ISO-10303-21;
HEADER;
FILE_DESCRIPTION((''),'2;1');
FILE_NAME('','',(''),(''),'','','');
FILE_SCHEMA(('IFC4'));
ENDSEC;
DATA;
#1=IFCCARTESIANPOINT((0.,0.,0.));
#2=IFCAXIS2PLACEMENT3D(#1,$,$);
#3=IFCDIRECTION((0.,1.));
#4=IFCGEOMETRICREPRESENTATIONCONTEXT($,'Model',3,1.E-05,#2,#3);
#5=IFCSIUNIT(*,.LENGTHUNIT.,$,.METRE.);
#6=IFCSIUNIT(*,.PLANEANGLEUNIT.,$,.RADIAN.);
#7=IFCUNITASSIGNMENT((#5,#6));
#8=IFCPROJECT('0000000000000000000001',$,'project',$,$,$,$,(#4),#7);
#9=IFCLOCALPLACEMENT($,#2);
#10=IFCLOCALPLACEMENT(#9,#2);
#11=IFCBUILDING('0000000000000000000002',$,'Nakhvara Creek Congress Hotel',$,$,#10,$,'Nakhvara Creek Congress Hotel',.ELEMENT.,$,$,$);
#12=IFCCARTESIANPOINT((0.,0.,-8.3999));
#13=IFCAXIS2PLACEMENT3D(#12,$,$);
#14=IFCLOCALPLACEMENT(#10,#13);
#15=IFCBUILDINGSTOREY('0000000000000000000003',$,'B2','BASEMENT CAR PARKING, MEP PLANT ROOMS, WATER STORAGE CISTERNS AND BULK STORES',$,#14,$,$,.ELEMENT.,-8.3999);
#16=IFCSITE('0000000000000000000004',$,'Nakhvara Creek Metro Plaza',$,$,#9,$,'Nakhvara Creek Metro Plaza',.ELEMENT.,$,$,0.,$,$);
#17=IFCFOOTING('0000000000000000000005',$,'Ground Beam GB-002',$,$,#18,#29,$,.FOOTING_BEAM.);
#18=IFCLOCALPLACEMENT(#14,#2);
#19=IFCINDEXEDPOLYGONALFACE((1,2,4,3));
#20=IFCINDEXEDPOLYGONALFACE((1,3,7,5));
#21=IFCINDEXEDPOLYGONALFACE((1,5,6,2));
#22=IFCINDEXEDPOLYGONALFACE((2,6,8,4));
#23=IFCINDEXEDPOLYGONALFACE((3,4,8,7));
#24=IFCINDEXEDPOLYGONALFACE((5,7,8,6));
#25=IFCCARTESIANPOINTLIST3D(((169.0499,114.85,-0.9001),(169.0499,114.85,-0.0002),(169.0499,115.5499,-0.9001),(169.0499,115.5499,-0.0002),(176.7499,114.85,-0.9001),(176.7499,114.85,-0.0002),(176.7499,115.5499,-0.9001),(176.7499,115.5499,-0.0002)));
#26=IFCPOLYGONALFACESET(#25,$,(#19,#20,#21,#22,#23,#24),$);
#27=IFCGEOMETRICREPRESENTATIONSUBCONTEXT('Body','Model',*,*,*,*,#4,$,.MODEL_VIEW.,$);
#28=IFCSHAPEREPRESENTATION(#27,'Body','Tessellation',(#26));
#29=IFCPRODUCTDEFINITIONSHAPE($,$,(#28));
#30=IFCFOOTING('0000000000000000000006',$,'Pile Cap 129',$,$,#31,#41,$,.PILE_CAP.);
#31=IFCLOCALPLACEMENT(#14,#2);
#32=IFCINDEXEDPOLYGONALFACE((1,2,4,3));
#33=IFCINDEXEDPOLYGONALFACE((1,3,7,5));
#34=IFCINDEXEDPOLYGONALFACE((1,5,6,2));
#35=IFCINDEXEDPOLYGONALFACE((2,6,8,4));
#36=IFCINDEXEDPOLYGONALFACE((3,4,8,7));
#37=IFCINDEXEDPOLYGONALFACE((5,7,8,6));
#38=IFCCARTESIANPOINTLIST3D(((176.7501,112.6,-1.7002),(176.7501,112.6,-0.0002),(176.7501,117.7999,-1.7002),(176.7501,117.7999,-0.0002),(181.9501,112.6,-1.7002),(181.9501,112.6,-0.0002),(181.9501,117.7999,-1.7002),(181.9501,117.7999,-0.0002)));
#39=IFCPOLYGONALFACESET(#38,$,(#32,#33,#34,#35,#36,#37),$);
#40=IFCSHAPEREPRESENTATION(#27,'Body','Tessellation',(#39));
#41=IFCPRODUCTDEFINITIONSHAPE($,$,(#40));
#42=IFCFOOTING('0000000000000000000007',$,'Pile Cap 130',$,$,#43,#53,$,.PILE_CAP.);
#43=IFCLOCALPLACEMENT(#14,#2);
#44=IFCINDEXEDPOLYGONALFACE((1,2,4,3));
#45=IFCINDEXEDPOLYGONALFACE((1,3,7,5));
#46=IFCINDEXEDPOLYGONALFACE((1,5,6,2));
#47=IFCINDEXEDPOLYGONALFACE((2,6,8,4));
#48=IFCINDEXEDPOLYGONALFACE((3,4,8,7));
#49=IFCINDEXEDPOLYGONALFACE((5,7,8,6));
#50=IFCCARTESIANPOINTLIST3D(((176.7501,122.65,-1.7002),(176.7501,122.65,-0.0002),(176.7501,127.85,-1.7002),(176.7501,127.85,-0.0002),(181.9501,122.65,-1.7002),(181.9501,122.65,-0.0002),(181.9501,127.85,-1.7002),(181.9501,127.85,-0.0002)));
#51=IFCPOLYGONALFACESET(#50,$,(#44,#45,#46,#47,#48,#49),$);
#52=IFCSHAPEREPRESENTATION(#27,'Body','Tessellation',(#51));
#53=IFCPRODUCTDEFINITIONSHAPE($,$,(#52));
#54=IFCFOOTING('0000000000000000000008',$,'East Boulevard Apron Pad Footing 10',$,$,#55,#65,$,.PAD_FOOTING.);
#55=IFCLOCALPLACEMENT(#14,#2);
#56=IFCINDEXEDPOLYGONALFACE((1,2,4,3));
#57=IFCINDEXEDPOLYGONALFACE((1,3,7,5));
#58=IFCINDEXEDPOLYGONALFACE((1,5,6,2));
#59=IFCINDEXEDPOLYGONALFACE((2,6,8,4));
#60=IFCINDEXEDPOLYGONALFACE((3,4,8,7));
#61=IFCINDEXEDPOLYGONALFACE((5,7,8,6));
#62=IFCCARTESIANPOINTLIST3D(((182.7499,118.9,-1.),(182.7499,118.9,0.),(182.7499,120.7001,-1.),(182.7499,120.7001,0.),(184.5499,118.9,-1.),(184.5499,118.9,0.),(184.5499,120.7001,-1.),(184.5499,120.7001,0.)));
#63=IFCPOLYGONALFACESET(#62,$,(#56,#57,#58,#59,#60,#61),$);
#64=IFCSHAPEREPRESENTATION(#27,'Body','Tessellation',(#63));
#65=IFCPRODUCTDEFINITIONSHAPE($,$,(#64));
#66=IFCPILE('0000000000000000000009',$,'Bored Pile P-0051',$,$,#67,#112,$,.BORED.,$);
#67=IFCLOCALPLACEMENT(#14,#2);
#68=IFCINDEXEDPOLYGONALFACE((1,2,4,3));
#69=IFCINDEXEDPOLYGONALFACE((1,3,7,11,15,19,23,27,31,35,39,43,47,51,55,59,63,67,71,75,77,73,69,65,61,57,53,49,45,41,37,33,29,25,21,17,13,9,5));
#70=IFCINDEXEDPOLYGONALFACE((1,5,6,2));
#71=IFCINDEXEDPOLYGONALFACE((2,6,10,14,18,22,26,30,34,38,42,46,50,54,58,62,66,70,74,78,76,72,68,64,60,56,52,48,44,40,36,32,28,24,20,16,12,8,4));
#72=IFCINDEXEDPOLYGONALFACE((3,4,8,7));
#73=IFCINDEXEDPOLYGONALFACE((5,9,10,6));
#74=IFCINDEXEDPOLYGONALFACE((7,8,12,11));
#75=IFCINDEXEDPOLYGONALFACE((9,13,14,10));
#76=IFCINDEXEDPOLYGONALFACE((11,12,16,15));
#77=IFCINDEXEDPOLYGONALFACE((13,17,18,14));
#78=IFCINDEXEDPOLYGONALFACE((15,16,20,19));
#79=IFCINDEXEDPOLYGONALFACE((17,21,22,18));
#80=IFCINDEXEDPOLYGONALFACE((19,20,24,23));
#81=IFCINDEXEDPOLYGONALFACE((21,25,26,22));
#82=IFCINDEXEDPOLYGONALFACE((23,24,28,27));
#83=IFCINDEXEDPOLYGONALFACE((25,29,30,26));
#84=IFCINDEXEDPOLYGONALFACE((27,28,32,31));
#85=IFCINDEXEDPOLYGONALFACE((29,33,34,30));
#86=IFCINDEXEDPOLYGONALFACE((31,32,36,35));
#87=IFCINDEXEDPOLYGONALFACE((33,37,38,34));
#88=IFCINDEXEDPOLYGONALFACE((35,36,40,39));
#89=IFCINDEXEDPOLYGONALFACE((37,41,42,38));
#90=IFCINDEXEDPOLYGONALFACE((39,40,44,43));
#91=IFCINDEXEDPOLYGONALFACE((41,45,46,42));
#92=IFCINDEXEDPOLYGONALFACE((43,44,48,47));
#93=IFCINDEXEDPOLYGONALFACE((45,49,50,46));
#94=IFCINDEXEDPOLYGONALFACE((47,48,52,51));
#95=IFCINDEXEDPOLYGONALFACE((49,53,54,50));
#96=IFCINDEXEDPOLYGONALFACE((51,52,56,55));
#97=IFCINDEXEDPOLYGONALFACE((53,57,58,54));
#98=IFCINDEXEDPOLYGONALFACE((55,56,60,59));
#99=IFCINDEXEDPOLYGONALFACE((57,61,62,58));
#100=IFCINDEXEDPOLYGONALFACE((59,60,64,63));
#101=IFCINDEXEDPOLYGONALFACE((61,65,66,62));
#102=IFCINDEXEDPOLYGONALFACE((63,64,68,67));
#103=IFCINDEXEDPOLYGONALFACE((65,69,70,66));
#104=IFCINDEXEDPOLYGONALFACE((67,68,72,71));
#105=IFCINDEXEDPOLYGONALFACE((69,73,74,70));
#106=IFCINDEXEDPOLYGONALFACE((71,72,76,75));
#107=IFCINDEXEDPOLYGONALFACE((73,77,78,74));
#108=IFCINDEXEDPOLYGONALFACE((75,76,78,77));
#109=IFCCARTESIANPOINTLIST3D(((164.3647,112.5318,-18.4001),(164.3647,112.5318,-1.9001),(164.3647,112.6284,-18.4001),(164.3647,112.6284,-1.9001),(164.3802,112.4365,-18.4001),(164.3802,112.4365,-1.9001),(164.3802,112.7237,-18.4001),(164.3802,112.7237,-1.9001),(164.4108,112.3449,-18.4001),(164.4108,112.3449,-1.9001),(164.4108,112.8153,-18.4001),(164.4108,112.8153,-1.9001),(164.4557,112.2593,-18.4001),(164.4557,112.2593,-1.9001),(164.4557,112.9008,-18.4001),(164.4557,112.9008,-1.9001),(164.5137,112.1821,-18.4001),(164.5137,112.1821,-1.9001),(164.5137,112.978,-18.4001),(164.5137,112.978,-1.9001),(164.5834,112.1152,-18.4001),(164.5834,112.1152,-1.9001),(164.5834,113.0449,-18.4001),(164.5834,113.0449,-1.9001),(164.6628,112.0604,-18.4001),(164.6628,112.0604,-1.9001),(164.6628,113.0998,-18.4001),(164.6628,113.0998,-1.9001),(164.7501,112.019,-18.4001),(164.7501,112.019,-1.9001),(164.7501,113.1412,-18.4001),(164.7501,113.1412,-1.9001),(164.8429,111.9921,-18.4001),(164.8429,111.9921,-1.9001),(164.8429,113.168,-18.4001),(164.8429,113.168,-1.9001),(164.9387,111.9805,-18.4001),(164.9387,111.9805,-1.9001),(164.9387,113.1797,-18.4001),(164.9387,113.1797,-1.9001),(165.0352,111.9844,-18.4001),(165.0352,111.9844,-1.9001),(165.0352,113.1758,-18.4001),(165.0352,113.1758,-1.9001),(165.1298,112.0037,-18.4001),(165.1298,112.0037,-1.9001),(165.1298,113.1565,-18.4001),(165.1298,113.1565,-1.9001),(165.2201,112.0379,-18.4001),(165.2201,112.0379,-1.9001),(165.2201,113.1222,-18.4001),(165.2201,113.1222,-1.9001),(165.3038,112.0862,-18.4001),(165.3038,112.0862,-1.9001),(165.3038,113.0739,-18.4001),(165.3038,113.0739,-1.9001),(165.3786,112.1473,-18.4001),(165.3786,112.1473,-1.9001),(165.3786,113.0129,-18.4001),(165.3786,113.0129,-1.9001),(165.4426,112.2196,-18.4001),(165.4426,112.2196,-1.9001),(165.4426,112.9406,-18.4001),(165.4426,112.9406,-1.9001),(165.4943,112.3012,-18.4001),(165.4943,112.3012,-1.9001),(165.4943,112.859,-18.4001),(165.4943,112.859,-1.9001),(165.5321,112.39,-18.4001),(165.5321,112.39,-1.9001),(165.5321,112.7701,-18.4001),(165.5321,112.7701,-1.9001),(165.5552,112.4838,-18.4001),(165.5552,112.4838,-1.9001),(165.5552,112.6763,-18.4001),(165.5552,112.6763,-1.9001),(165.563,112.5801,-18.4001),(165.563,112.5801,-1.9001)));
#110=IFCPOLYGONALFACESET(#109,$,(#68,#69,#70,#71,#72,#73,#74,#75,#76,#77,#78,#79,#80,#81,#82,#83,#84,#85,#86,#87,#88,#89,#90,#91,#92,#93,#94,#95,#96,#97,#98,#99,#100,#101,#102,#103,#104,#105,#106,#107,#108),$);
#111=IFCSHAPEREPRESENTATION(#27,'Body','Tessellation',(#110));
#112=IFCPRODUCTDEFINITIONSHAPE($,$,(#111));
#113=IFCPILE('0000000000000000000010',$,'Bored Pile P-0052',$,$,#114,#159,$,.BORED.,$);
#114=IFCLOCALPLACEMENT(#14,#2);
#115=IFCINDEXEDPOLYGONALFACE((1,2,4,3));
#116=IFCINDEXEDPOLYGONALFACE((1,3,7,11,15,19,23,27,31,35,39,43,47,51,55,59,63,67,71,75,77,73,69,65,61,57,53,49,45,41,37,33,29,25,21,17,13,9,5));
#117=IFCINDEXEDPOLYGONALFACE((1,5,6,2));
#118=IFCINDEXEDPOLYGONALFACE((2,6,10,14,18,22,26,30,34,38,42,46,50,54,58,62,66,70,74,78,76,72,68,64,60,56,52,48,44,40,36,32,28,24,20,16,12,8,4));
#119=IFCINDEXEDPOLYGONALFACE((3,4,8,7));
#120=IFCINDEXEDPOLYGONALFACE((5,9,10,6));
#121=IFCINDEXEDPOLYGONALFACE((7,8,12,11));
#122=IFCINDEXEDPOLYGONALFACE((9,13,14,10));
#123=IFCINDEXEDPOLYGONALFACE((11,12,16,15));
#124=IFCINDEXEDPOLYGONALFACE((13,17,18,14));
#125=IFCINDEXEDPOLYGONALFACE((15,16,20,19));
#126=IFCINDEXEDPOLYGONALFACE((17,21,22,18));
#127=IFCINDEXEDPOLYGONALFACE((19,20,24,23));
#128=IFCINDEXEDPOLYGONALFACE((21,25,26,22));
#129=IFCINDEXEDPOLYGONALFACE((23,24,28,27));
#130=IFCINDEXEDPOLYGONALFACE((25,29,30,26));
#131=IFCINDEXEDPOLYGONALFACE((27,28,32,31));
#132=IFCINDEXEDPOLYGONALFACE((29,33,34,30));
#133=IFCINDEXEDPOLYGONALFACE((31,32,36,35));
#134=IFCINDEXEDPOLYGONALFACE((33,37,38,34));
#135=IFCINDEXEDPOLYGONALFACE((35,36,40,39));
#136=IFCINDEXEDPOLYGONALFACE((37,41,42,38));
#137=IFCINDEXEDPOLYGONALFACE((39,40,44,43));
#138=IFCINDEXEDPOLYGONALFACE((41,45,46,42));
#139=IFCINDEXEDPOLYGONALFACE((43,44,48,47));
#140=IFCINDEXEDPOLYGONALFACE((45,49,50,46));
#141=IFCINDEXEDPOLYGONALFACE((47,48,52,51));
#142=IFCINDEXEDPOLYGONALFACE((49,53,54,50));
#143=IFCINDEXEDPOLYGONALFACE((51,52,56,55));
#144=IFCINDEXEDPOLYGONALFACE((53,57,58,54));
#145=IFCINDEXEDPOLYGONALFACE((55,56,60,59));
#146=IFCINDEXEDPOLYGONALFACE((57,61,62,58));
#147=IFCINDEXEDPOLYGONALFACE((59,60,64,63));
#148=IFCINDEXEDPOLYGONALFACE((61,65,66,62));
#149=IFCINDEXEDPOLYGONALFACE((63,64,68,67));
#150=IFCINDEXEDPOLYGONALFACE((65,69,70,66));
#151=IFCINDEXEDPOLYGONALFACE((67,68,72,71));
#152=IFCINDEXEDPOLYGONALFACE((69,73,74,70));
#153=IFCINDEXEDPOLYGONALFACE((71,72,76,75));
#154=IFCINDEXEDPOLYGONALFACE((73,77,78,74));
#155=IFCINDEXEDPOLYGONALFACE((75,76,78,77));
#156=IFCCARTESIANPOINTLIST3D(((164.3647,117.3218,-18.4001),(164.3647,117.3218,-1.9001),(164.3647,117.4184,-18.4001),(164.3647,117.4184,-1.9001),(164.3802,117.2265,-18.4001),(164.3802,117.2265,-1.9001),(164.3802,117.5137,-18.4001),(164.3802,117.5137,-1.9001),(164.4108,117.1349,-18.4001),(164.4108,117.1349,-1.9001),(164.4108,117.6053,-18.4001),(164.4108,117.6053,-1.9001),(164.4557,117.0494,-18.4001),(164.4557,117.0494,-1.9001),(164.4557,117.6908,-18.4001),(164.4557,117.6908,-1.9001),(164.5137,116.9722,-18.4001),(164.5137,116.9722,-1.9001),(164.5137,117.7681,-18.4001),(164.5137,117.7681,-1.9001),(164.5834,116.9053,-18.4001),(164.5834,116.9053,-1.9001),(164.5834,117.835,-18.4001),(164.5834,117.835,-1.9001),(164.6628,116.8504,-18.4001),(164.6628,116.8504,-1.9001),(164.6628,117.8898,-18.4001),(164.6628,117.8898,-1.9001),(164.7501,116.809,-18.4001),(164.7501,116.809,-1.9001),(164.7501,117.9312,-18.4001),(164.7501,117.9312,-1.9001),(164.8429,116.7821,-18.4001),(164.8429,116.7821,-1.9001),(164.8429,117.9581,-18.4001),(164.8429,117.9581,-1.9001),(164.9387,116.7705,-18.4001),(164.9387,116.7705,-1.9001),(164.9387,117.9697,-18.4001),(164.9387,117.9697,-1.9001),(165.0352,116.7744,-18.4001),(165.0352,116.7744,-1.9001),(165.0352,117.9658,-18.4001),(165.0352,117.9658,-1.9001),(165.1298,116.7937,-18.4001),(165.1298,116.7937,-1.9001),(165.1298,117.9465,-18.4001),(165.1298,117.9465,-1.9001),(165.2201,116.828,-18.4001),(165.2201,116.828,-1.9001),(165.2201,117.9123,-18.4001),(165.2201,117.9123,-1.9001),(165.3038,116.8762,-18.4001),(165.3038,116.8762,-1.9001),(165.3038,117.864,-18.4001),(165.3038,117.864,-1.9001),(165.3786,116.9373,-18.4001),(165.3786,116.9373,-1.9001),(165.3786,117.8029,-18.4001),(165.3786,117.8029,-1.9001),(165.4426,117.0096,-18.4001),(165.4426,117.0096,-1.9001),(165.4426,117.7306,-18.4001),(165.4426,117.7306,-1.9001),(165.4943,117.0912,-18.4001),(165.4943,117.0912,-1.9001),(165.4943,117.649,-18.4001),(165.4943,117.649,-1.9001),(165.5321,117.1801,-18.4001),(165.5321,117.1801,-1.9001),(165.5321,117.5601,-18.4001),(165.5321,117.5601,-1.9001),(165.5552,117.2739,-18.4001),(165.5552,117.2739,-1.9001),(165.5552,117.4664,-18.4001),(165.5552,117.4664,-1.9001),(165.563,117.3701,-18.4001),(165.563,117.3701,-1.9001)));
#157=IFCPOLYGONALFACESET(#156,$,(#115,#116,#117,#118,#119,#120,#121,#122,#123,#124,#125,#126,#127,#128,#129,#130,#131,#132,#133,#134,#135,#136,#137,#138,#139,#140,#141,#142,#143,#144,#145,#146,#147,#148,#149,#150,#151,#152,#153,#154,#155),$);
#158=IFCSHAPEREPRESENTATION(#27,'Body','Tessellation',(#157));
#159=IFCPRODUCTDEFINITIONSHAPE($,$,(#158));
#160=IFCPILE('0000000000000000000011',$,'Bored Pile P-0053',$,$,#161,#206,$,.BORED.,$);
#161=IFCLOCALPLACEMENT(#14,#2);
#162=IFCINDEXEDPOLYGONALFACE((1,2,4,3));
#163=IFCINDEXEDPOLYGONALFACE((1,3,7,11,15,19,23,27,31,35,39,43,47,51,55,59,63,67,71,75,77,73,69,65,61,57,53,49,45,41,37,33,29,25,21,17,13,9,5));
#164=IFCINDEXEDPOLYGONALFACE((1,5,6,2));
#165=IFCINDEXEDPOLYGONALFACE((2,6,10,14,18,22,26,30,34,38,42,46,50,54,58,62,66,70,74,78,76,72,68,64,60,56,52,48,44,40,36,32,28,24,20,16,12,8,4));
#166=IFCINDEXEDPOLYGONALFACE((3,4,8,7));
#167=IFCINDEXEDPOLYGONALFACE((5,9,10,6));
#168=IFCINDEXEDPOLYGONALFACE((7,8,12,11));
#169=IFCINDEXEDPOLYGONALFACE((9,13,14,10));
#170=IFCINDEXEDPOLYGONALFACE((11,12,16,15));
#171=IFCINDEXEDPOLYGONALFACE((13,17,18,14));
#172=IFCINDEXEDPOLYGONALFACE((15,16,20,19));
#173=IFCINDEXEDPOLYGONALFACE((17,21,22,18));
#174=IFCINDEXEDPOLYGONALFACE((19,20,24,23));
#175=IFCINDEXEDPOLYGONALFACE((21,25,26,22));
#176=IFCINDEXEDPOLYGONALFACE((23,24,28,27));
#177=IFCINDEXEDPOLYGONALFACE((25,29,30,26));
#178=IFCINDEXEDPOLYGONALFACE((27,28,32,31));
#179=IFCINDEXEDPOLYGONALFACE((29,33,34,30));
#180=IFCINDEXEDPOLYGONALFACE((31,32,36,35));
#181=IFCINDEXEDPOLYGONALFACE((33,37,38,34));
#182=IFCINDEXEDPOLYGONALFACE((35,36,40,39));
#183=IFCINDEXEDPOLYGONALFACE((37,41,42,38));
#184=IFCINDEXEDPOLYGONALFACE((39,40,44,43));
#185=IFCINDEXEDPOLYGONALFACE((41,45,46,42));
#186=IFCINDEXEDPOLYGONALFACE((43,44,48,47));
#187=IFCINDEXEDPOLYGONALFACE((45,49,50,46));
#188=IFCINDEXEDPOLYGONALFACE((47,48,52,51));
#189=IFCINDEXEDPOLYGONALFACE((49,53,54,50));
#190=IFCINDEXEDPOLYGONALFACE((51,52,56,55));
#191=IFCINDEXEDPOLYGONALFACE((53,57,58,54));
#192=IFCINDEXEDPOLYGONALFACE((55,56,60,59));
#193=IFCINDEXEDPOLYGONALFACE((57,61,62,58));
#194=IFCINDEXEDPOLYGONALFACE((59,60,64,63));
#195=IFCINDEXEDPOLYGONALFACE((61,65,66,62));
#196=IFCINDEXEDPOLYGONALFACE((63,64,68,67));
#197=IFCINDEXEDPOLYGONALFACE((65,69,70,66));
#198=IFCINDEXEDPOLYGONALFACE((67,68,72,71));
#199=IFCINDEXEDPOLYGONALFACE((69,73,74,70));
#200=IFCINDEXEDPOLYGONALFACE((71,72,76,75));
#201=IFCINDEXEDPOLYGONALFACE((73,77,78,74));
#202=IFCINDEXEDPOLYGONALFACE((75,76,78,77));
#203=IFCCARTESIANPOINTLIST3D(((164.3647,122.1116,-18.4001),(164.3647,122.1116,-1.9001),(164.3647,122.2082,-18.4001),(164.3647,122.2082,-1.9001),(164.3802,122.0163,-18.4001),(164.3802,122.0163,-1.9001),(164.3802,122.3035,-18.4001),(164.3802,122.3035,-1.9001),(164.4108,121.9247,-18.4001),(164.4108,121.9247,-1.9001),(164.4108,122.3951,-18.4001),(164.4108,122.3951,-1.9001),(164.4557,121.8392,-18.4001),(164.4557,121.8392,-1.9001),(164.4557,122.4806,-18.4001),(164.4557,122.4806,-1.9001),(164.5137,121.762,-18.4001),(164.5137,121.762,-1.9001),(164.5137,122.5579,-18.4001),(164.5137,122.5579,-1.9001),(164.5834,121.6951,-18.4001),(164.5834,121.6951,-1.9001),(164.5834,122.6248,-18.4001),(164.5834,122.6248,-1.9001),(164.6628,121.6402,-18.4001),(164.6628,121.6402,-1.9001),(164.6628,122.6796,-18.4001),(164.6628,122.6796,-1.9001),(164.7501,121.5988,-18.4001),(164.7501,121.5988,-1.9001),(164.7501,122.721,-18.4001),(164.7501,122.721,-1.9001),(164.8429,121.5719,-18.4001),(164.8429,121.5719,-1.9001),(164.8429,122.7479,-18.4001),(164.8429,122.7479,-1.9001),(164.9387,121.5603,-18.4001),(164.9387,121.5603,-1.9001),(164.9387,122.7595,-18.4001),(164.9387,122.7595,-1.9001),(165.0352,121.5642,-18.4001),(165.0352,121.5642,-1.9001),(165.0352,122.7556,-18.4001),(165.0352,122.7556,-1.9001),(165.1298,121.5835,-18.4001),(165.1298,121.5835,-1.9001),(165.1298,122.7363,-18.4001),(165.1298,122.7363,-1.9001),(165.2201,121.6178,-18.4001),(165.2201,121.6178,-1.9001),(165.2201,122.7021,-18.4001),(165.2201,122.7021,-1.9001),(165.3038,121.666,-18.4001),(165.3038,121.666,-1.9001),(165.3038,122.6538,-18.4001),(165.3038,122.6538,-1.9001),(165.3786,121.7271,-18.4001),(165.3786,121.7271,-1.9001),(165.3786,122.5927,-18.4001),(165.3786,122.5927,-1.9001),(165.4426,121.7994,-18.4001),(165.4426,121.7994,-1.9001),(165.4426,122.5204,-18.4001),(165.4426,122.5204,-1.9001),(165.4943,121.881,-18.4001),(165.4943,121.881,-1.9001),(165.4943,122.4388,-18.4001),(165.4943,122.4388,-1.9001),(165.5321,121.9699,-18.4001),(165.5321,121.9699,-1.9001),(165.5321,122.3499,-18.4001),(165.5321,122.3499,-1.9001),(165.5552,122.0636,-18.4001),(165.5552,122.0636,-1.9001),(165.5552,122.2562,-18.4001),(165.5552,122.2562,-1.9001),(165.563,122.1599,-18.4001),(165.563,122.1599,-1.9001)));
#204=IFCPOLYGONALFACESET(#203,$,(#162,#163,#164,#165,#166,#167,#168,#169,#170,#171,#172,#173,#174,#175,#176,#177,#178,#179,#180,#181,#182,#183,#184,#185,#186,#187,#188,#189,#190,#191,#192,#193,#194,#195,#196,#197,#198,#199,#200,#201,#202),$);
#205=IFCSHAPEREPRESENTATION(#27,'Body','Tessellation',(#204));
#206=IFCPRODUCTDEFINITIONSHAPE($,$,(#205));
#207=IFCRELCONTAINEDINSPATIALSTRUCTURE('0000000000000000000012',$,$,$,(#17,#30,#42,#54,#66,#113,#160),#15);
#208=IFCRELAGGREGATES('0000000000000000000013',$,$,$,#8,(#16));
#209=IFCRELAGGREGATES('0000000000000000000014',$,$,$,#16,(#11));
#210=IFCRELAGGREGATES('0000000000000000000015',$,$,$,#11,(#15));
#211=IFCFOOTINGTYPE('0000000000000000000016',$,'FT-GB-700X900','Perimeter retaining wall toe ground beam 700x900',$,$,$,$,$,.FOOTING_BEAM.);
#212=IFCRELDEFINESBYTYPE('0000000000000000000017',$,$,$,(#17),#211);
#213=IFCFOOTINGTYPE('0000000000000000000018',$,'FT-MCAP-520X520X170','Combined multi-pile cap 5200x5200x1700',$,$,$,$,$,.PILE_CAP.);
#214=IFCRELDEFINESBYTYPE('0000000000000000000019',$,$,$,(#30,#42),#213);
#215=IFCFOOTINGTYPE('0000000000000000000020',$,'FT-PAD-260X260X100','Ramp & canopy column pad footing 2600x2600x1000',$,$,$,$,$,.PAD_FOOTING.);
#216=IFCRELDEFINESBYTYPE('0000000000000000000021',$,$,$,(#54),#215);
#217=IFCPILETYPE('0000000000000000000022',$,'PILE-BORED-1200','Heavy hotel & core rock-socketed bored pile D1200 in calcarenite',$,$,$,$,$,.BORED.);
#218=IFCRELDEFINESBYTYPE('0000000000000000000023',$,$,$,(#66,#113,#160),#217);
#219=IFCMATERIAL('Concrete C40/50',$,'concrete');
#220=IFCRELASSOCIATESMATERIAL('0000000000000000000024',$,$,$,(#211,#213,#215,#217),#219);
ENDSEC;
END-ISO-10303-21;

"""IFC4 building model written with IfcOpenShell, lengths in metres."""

from ifc_helpers import new_model, si_unit, direction, frame, origin, origin_2d, place, context, subcontext, project, spatial, rectangle, circle, extrude, material, material_profile, profile_set, type_object, element, save


model = new_model("IFC4")

# Units and contexts
model_context = context("Model", 3, precision=1e-05, world=origin(), true_north=direction((0.0, 1.0)))
body_context = subcontext(model_context, "Body", "Model", "MODEL_VIEW")
ifc_project = project(units=[si_unit("LENGTHUNIT", "METRE"), si_unit("PLANEANGLEUNIT", "RADIAN")], contexts=[model_context])

# Site, building, storey
site_placement = place(None, origin())
site = spatial("IfcSite", under=ifc_project, at=site_placement, Name="Nakhvara Creek Metro Plaza", LongName="Nakhvara Creek Metro Plaza", CompositionType="ELEMENT", RefElevation=0.0)
building_placement = place(site_placement, origin())
building = spatial("IfcBuilding", under=site, at=building_placement, Name="Nakhvara Creek Congress Hotel", LongName="Nakhvara Creek Congress Hotel", CompositionType="ELEMENT")
storey_placement = place(building_placement, frame((0.0, 0.0, -8.3999)))
storey = spatial("IfcBuildingStorey", under=building, at=storey_placement, Name="B2", Description="BASEMENT CAR PARKING, MEP PLANT ROOMS, WATER STORAGE CISTERNS AND BULK STORES", CompositionType="ELEMENT", Elevation=-8.3999)

# Footings
ifc_material_1 = material(Name="Concrete C40/50", Category="concrete")
footing_type_1 = type_object("IfcFootingType", Name="FT-GB-700X900", Description="Perimeter retaining wall toe ground beam 700x900", PredefinedType="FOOTING_BEAM", material=ifc_material_1)
footing_1_placement = place(storey_placement, frame((172.8999, 115.2, -0.9001), z_axis=(0.0, 0.0, 1.0), x_axis=(1.0, 0.0, 0.0)))
element("IfcFooting", 1, at=footing_1_placement, inside=storey, type_object=footing_type_1, Name="Ground Beam GB-002", PredefinedType="FOOTING_BEAM", context=body_context, shape_type="SweptSolid", body=[
    extrude(rectangle(XDim=7.7, YDim=0.7, at=origin_2d()), origin(), (0.0, 0.0, 1.0), 0.8999),
])
footing_type_2 = type_object("IfcFootingType", Name="FT-MCAP-520X520X170", Description="Combined multi-pile cap 5200x5200x1700", PredefinedType="PILE_CAP", material=ifc_material_1)
for number, where, z_axis, x_axis, name in (
    (2, (179.3501, 115.2, -1.7002), (0.0, 0.0, 1.0), (1.0, 0.0, 0.0), "Pile Cap 129"),
    (3, (179.3501, 125.25, -1.7002), (0.0, 0.0, 1.0), (1.0, 0.0, 0.0), "Pile Cap 130"),
):
    element("IfcFooting", number, at=place(storey_placement, frame(where, z_axis=z_axis, x_axis=x_axis)), inside=storey, type_object=footing_type_2, Name=name, PredefinedType="PILE_CAP", context=body_context, shape_type="SweptSolid", body=[
        extrude(rectangle(XDim=5.2, YDim=5.2, at=origin_2d()), origin(), (0.0, 0.0, 1.0), 1.7),
    ])
footing_type_3 = type_object("IfcFootingType", Name="FT-PAD-260X260X100", Description="Ramp & canopy column pad footing 2600x2600x1000", PredefinedType="PAD_FOOTING", material=ifc_material_1)
footing_2_placement = place(storey_placement, frame((183.6499, 119.8, -1.0), z_axis=(0.0, 0.0, 1.0), x_axis=(1.0, 0.0, 0.0)))
element("IfcFooting", 4, at=footing_2_placement, inside=storey, type_object=footing_type_3, Name="East Boulevard Apron Pad Footing 10", PredefinedType="PAD_FOOTING", context=body_context, shape_type="SweptSolid", body=[
    extrude(rectangle(XDim=1.8, YDim=1.8, at=origin_2d()), origin(), (0.0, 0.0, 1.0), 1.0),
])

# Piles
ifc_material_profile_1 = material_profile(ifc_material_1, circle(Radius=0.6001, at=origin_2d()), Name="BORED PILE D1200", Category="LoadBearing")
ifc_profile_set_1 = profile_set([ifc_material_profile_1], Name="Concrete C40/50")
pile_type = type_object("IfcPileType", Name="PILE-BORED-1200", Description="Heavy hotel & core rock-socketed bored pile D1200 in calcarenite", PredefinedType="BORED", material=ifc_profile_set_1)
for number, where, z_axis, x_axis, name in (
    (5, (164.9629, 112.5801, -1.9001), (0.0, 0.0, -1.0), (1.0, 0.0, 0.0), "Bored Pile P-0051"),
    (6, (164.9629, 117.3701, -1.9001), (0.0, 0.0, -1.0), (1.0, 0.0, 0.0), "Bored Pile P-0052"),
    (7, (164.9629, 122.1599, -1.9001), (0.0, 0.0, -1.0), (1.0, 0.0, 0.0), "Bored Pile P-0053"),
):
    element("IfcPile", number, at=place(storey_placement, frame(where, z_axis=z_axis, x_axis=x_axis)), inside=storey, type_object=pile_type, Name=name, PredefinedType="BORED", context=body_context, shape_type="SweptSolid", body=[
        extrude(circle(Radius=0.6001, at=origin_2d()), origin(), (0.0, 0.0, 1.0), 16.5),
    ])

save(model, "model.ifc")
